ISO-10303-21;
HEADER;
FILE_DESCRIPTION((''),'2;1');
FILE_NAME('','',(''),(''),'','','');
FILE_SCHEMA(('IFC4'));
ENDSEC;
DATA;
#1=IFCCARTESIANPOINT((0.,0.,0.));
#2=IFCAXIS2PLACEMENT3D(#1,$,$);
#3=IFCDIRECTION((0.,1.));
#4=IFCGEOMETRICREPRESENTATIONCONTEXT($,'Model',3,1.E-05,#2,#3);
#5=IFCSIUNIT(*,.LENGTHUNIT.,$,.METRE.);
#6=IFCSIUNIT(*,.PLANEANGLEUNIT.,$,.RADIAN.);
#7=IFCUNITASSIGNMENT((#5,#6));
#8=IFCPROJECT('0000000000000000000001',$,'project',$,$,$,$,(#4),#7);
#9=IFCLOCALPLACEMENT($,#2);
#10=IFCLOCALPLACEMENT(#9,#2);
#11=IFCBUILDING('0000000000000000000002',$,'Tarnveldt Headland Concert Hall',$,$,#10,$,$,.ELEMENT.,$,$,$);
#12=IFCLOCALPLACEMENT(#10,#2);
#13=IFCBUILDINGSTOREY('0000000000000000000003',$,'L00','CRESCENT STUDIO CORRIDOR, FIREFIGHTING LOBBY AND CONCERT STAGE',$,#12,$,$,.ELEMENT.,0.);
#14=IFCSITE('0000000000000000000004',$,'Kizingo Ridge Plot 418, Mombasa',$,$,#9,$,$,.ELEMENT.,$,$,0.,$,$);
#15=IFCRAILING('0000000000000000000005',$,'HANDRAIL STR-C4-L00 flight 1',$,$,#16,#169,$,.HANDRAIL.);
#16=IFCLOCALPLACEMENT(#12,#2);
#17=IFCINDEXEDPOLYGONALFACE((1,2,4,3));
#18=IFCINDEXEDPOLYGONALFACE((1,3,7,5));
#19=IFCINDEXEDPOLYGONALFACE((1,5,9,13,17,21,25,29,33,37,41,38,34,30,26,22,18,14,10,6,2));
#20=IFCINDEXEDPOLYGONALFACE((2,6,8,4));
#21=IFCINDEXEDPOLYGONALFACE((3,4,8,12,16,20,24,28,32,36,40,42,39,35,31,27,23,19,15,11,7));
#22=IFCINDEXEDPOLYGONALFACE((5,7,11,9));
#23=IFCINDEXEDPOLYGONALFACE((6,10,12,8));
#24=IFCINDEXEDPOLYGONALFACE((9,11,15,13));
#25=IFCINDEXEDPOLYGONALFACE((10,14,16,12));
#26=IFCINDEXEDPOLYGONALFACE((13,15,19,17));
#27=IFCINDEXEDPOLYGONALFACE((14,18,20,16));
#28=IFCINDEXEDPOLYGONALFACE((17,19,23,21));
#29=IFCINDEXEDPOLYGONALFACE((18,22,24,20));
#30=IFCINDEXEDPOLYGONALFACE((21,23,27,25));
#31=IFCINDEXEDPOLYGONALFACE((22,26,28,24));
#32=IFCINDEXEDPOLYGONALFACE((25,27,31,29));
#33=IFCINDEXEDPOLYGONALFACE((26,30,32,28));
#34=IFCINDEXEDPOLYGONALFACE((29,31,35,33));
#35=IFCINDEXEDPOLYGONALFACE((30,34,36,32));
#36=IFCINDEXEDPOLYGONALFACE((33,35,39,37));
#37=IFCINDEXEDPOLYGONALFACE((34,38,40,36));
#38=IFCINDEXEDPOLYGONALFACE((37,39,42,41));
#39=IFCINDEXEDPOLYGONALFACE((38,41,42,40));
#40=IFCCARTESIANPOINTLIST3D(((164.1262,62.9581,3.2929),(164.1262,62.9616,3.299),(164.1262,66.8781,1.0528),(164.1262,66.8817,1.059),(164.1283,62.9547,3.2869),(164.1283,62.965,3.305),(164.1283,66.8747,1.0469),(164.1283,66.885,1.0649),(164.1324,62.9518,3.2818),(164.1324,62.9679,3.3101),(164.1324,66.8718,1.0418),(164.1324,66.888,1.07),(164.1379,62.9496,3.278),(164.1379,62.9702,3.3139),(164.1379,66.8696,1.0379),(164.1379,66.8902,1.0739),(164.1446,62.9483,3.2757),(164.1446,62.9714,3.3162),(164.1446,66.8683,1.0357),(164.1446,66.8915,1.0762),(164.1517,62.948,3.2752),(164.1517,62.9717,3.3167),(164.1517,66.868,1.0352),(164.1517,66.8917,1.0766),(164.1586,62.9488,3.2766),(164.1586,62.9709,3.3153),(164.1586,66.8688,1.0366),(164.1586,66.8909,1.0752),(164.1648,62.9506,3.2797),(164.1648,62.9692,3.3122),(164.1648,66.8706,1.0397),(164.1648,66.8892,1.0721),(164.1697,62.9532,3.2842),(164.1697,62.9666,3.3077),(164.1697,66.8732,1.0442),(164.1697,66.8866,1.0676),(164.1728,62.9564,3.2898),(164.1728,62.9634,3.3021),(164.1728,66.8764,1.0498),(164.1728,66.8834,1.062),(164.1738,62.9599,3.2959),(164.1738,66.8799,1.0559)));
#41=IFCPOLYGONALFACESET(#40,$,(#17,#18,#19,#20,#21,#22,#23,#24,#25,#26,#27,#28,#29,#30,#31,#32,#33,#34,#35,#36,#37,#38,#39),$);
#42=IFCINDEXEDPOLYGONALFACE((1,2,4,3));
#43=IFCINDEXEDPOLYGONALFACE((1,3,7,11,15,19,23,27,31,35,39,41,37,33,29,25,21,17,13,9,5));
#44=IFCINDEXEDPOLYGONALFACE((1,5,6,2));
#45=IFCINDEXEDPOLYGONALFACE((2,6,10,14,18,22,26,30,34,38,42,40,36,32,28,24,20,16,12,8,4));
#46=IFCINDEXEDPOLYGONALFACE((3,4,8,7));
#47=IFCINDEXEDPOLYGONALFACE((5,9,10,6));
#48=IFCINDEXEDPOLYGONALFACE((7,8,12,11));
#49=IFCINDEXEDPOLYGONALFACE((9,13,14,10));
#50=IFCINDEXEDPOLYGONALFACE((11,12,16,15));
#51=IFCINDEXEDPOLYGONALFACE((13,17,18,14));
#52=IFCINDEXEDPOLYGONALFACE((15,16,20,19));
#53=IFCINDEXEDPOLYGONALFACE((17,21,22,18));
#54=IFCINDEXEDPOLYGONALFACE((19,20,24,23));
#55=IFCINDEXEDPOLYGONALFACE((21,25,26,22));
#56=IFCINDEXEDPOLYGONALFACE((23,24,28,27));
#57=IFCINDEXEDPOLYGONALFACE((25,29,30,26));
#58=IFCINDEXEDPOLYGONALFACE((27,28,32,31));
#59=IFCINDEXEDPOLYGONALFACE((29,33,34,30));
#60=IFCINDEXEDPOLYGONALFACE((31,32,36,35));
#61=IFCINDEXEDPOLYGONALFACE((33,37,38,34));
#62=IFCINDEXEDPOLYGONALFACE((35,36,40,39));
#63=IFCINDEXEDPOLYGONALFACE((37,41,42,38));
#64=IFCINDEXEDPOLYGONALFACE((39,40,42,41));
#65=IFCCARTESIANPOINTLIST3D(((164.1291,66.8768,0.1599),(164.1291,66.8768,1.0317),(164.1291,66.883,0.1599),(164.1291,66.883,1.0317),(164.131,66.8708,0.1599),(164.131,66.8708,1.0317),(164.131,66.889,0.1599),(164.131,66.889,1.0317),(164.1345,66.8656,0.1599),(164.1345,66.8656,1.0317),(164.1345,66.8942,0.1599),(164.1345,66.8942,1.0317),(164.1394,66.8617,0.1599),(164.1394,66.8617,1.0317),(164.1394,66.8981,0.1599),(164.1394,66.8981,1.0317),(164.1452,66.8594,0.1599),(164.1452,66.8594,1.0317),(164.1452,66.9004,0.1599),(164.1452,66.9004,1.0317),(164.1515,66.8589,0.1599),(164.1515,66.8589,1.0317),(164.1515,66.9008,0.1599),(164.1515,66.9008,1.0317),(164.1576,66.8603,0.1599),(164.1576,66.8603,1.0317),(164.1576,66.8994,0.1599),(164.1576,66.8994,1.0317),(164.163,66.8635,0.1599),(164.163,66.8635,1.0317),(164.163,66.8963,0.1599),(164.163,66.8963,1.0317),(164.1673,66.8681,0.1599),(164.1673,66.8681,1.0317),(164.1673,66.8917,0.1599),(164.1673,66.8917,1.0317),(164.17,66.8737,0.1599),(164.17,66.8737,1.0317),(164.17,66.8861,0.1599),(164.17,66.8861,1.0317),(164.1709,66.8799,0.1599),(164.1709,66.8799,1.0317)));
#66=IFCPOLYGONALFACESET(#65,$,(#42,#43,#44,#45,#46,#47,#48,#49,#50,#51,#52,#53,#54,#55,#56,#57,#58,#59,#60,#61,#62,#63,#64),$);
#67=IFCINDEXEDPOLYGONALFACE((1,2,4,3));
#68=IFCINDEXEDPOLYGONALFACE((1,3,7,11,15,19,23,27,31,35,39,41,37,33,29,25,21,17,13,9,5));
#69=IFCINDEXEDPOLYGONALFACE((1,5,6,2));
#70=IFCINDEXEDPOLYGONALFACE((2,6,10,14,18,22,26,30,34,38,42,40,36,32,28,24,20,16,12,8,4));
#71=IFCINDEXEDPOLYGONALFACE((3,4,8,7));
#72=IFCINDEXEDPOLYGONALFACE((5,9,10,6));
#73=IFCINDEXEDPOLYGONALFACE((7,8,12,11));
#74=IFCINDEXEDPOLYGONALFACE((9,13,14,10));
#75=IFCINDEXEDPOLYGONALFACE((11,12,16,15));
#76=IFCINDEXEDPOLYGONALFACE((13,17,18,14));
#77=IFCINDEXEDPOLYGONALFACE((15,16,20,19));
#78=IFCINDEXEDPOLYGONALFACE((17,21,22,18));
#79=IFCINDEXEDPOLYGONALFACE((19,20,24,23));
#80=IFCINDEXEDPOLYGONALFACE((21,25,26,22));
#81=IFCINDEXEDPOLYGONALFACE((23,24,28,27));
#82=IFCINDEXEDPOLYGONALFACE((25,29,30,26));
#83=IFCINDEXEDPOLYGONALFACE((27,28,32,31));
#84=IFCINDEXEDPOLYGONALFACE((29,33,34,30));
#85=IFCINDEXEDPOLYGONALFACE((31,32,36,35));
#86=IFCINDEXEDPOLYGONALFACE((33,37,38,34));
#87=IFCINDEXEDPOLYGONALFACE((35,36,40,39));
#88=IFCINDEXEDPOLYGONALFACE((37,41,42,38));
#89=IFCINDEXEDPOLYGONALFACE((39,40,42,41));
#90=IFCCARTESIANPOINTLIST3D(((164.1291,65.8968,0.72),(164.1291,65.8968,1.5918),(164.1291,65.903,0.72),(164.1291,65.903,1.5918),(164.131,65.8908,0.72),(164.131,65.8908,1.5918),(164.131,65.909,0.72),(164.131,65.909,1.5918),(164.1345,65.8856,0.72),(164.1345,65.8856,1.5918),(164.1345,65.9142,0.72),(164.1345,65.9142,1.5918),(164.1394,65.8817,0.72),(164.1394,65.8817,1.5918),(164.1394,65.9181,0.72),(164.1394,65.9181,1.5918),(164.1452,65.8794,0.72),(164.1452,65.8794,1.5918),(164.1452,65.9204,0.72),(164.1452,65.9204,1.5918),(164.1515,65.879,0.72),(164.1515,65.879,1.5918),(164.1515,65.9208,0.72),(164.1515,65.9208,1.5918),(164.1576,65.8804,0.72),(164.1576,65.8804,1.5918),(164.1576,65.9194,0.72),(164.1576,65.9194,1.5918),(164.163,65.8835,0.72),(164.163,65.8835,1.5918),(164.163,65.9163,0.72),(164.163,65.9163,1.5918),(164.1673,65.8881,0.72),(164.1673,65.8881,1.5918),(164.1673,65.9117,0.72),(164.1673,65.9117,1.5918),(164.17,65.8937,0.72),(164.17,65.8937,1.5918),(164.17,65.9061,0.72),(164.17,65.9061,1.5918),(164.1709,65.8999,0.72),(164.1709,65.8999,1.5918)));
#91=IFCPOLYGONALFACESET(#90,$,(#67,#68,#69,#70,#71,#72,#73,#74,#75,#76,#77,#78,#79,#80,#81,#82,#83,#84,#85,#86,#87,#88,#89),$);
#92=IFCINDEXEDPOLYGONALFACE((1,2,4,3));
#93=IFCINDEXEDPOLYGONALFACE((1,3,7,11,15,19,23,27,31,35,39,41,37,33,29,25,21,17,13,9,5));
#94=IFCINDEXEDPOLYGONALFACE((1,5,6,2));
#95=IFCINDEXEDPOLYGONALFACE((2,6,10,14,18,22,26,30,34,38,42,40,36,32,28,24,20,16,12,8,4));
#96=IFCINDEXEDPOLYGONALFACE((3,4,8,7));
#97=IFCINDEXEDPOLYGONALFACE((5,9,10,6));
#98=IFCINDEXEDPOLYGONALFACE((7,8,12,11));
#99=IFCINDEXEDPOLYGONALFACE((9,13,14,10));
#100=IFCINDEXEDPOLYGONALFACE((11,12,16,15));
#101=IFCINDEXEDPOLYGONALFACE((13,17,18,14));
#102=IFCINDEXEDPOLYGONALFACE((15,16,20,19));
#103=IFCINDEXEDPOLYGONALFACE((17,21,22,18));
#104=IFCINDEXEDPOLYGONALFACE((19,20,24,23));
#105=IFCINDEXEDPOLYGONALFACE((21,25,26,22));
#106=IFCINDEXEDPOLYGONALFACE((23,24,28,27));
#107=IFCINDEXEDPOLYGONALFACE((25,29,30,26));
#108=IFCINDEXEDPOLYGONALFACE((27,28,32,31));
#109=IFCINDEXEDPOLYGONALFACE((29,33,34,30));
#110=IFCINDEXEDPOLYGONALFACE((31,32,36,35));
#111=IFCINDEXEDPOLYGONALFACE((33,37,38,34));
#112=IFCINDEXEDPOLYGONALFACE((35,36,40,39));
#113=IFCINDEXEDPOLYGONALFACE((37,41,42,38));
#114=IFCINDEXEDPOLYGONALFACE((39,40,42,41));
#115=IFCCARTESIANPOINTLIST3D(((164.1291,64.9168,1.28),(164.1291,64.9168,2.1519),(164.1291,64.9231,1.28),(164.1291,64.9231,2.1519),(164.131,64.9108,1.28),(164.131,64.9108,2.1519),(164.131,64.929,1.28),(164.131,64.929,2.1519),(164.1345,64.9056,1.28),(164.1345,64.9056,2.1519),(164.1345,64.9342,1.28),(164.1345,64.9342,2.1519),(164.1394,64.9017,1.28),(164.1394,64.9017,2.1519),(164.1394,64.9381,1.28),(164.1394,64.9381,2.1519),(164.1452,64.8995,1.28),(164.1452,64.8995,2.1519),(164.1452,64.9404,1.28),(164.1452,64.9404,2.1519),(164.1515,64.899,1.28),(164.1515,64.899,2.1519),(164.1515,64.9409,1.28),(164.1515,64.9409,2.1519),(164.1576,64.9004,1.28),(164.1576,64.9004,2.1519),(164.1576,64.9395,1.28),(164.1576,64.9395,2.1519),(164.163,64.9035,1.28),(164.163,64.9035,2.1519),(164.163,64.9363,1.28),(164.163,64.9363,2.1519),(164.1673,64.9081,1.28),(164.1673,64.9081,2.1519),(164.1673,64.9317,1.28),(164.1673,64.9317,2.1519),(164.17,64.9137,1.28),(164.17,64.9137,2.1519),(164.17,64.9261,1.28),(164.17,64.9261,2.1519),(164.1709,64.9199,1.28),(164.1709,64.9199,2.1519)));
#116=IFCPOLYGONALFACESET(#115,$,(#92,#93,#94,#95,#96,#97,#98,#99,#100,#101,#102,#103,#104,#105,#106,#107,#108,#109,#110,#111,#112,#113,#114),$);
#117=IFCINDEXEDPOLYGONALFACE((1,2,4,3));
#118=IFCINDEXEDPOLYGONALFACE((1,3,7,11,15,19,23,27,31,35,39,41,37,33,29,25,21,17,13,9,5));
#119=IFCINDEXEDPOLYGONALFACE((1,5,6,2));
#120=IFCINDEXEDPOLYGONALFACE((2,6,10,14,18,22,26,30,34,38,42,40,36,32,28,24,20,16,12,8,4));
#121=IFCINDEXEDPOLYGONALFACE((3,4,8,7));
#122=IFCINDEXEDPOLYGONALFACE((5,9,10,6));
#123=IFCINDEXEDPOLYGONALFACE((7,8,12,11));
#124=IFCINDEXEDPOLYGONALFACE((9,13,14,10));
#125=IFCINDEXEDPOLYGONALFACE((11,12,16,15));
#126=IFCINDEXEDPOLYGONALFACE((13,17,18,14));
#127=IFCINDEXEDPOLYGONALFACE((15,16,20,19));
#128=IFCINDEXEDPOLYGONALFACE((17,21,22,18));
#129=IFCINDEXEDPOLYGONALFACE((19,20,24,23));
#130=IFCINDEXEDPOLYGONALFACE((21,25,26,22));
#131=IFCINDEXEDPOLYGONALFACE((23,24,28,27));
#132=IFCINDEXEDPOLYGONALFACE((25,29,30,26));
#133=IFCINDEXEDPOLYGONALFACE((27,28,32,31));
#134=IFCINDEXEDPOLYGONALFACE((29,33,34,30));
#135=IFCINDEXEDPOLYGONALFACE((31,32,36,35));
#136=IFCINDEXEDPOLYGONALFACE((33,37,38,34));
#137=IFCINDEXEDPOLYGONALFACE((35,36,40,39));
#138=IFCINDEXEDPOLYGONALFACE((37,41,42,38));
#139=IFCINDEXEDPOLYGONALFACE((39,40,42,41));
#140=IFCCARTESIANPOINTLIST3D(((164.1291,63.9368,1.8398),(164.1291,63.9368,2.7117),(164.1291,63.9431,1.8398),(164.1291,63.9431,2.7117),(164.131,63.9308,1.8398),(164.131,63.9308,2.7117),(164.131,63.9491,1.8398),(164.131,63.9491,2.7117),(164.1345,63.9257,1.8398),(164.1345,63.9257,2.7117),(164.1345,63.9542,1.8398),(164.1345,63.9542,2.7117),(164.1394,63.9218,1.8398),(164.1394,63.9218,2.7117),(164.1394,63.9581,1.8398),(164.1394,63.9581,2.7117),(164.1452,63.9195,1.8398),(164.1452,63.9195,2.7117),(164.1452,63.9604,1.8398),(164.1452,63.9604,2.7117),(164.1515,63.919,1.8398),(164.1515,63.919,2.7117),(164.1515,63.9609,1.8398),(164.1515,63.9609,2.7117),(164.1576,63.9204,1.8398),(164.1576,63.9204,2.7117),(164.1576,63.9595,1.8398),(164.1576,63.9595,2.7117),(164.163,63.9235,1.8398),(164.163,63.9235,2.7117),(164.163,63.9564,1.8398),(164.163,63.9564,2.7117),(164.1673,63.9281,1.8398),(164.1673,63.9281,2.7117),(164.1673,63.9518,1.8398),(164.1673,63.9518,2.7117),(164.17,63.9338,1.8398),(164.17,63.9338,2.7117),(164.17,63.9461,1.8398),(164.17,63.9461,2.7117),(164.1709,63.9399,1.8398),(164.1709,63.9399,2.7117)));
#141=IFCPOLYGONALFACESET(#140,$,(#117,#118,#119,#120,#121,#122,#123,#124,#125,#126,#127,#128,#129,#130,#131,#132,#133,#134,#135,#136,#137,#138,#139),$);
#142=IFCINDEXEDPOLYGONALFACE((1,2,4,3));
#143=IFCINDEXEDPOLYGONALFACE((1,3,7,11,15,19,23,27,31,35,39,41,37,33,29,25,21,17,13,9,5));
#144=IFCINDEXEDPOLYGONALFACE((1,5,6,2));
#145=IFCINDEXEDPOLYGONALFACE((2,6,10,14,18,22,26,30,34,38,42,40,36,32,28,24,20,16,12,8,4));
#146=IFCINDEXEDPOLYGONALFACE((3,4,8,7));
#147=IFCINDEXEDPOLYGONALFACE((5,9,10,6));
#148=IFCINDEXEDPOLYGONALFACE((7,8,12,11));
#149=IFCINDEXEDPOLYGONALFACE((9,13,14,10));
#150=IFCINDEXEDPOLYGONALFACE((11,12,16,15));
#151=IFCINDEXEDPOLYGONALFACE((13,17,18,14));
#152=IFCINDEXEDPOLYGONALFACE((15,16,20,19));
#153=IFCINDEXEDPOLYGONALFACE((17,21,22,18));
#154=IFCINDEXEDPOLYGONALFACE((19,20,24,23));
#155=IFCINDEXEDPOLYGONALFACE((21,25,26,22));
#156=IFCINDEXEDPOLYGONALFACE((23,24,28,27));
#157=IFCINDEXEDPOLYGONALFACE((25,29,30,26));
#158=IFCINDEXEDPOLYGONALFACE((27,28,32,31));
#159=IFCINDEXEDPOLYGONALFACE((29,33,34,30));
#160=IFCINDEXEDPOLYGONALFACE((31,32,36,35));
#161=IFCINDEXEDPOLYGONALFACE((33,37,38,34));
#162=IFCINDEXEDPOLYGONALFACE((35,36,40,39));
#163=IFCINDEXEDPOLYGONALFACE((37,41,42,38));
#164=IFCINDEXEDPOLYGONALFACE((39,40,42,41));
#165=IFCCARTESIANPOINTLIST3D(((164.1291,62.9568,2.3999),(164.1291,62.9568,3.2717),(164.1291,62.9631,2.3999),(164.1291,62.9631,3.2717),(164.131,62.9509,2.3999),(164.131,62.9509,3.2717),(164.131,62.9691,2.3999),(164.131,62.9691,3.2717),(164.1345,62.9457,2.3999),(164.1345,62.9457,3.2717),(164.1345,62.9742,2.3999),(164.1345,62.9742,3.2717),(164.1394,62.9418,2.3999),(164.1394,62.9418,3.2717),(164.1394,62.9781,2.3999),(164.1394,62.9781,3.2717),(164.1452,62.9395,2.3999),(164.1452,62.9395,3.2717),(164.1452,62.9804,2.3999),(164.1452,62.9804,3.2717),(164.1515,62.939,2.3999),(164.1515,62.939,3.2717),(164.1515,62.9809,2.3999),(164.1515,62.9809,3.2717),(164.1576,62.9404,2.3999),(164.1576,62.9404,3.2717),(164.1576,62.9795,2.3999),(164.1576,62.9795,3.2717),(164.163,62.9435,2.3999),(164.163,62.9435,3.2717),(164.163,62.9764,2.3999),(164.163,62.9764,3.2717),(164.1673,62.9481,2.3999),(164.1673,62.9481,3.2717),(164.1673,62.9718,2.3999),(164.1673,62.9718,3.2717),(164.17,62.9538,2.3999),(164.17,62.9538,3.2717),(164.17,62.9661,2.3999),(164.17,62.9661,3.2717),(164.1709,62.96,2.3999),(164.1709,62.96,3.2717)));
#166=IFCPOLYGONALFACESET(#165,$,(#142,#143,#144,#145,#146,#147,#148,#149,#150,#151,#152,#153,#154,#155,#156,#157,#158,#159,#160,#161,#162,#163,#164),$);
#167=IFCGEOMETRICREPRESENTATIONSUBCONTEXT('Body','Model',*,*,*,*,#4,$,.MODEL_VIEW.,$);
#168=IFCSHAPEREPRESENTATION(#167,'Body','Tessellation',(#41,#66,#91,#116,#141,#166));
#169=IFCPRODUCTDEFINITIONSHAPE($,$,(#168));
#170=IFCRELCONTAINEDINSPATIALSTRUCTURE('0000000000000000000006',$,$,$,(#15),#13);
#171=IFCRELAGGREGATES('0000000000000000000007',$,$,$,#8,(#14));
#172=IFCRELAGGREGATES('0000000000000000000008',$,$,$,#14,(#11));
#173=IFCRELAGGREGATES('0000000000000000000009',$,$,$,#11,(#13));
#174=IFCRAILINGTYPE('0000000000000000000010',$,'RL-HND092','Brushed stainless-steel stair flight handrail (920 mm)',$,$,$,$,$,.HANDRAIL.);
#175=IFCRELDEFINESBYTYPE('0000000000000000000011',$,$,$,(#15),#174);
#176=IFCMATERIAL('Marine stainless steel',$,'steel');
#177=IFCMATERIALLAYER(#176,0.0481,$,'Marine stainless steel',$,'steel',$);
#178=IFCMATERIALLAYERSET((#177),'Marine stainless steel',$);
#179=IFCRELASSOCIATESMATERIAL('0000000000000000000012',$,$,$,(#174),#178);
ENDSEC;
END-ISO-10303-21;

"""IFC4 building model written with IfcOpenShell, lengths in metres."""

from ifc_helpers import new_model, si_unit, direction, frame, origin, origin_2d, place, context, subcontext, project, spatial, circle, extrude, material, layer, layer_set, type_object, element, save


model = new_model("IFC4")

# Units and contexts
model_context = context("Model", 3, precision=1e-05, world=origin(), true_north=direction((0.0, 1.0)))
body_context = subcontext(model_context, "Body", "Model", "MODEL_VIEW")
ifc_project = project(units=[si_unit("LENGTHUNIT", "METRE"), si_unit("PLANEANGLEUNIT", "RADIAN")], contexts=[model_context])

# Site, building, storey
site_placement = place(None, origin())
site = spatial("IfcSite", under=ifc_project, at=site_placement, Name="Kizingo Ridge Plot 418, Mombasa", CompositionType="ELEMENT", RefElevation=0.0)
building_placement = place(site_placement, origin())
building = spatial("IfcBuilding", under=site, at=building_placement, Name="Tarnveldt Headland Concert Hall", CompositionType="ELEMENT")
storey_placement = place(building_placement, origin())
storey = spatial("IfcBuildingStorey", under=building, at=storey_placement, Name="L00", Description="CRESCENT STUDIO CORRIDOR, FIREFIGHTING LOBBY AND CONCERT STAGE", CompositionType="ELEMENT", Elevation=0.0)

# Railing
ifc_material_1 = material(Name="Marine stainless steel", Category="steel")
ifc_layer_1 = layer(ifc_material_1, 0.0481, Name="Marine stainless steel", Category="steel")
ifc_layer_set_1 = layer_set([ifc_layer_1], Name="Marine stainless steel")
railing_type_1 = type_object("IfcRailingType", Name="RL-HND092", Description="Brushed stainless-steel stair flight handrail (920 mm)", PredefinedType="HANDRAIL", material=ifc_layer_set_1)
railing_1_placement = place(storey_placement, frame((164.1499, 66.8799, 0.1599)))
element("IfcRailing", 1, at=railing_1_placement, inside=storey, type_object=railing_type_1, Name="HANDRAIL STR-C4-L00 flight 1", PredefinedType="HANDRAIL", context=body_context, shape_type="SweptSolid", body=[
    extrude(circle(Radius=0.0239, at=origin_2d()), frame((0.0, 0.0, 0.896), z_axis=(0.0, -0.86824, 0.496145), x_axis=(1.0, 0.0, 0.0)), (0.0, 0.0, 1.0), 4.5149),
    extrude(circle(Radius=0.021, at=origin_2d()), origin(), (0.0, 0.0, 1.0), 0.8718),
    extrude(circle(Radius=0.021, at=origin_2d()), frame((0.0, -0.98, 0.5601)), (0.0, 0.0, 1.0), 0.8718),
    extrude(circle(Radius=0.021, at=origin_2d()), frame((0.0, -1.96, 1.1201)), (0.0, 0.0, 1.0), 0.8718),
    extrude(circle(Radius=0.021, at=origin_2d()), frame((0.0, -2.9399, 1.6799)), (0.0, 0.0, 1.0), 0.8718),
    extrude(circle(Radius=0.021, at=origin_2d()), frame((0.0, -3.9199, 2.24)), (0.0, 0.0, 1.0), 0.8718),
])

save(model, "model.ifc")
